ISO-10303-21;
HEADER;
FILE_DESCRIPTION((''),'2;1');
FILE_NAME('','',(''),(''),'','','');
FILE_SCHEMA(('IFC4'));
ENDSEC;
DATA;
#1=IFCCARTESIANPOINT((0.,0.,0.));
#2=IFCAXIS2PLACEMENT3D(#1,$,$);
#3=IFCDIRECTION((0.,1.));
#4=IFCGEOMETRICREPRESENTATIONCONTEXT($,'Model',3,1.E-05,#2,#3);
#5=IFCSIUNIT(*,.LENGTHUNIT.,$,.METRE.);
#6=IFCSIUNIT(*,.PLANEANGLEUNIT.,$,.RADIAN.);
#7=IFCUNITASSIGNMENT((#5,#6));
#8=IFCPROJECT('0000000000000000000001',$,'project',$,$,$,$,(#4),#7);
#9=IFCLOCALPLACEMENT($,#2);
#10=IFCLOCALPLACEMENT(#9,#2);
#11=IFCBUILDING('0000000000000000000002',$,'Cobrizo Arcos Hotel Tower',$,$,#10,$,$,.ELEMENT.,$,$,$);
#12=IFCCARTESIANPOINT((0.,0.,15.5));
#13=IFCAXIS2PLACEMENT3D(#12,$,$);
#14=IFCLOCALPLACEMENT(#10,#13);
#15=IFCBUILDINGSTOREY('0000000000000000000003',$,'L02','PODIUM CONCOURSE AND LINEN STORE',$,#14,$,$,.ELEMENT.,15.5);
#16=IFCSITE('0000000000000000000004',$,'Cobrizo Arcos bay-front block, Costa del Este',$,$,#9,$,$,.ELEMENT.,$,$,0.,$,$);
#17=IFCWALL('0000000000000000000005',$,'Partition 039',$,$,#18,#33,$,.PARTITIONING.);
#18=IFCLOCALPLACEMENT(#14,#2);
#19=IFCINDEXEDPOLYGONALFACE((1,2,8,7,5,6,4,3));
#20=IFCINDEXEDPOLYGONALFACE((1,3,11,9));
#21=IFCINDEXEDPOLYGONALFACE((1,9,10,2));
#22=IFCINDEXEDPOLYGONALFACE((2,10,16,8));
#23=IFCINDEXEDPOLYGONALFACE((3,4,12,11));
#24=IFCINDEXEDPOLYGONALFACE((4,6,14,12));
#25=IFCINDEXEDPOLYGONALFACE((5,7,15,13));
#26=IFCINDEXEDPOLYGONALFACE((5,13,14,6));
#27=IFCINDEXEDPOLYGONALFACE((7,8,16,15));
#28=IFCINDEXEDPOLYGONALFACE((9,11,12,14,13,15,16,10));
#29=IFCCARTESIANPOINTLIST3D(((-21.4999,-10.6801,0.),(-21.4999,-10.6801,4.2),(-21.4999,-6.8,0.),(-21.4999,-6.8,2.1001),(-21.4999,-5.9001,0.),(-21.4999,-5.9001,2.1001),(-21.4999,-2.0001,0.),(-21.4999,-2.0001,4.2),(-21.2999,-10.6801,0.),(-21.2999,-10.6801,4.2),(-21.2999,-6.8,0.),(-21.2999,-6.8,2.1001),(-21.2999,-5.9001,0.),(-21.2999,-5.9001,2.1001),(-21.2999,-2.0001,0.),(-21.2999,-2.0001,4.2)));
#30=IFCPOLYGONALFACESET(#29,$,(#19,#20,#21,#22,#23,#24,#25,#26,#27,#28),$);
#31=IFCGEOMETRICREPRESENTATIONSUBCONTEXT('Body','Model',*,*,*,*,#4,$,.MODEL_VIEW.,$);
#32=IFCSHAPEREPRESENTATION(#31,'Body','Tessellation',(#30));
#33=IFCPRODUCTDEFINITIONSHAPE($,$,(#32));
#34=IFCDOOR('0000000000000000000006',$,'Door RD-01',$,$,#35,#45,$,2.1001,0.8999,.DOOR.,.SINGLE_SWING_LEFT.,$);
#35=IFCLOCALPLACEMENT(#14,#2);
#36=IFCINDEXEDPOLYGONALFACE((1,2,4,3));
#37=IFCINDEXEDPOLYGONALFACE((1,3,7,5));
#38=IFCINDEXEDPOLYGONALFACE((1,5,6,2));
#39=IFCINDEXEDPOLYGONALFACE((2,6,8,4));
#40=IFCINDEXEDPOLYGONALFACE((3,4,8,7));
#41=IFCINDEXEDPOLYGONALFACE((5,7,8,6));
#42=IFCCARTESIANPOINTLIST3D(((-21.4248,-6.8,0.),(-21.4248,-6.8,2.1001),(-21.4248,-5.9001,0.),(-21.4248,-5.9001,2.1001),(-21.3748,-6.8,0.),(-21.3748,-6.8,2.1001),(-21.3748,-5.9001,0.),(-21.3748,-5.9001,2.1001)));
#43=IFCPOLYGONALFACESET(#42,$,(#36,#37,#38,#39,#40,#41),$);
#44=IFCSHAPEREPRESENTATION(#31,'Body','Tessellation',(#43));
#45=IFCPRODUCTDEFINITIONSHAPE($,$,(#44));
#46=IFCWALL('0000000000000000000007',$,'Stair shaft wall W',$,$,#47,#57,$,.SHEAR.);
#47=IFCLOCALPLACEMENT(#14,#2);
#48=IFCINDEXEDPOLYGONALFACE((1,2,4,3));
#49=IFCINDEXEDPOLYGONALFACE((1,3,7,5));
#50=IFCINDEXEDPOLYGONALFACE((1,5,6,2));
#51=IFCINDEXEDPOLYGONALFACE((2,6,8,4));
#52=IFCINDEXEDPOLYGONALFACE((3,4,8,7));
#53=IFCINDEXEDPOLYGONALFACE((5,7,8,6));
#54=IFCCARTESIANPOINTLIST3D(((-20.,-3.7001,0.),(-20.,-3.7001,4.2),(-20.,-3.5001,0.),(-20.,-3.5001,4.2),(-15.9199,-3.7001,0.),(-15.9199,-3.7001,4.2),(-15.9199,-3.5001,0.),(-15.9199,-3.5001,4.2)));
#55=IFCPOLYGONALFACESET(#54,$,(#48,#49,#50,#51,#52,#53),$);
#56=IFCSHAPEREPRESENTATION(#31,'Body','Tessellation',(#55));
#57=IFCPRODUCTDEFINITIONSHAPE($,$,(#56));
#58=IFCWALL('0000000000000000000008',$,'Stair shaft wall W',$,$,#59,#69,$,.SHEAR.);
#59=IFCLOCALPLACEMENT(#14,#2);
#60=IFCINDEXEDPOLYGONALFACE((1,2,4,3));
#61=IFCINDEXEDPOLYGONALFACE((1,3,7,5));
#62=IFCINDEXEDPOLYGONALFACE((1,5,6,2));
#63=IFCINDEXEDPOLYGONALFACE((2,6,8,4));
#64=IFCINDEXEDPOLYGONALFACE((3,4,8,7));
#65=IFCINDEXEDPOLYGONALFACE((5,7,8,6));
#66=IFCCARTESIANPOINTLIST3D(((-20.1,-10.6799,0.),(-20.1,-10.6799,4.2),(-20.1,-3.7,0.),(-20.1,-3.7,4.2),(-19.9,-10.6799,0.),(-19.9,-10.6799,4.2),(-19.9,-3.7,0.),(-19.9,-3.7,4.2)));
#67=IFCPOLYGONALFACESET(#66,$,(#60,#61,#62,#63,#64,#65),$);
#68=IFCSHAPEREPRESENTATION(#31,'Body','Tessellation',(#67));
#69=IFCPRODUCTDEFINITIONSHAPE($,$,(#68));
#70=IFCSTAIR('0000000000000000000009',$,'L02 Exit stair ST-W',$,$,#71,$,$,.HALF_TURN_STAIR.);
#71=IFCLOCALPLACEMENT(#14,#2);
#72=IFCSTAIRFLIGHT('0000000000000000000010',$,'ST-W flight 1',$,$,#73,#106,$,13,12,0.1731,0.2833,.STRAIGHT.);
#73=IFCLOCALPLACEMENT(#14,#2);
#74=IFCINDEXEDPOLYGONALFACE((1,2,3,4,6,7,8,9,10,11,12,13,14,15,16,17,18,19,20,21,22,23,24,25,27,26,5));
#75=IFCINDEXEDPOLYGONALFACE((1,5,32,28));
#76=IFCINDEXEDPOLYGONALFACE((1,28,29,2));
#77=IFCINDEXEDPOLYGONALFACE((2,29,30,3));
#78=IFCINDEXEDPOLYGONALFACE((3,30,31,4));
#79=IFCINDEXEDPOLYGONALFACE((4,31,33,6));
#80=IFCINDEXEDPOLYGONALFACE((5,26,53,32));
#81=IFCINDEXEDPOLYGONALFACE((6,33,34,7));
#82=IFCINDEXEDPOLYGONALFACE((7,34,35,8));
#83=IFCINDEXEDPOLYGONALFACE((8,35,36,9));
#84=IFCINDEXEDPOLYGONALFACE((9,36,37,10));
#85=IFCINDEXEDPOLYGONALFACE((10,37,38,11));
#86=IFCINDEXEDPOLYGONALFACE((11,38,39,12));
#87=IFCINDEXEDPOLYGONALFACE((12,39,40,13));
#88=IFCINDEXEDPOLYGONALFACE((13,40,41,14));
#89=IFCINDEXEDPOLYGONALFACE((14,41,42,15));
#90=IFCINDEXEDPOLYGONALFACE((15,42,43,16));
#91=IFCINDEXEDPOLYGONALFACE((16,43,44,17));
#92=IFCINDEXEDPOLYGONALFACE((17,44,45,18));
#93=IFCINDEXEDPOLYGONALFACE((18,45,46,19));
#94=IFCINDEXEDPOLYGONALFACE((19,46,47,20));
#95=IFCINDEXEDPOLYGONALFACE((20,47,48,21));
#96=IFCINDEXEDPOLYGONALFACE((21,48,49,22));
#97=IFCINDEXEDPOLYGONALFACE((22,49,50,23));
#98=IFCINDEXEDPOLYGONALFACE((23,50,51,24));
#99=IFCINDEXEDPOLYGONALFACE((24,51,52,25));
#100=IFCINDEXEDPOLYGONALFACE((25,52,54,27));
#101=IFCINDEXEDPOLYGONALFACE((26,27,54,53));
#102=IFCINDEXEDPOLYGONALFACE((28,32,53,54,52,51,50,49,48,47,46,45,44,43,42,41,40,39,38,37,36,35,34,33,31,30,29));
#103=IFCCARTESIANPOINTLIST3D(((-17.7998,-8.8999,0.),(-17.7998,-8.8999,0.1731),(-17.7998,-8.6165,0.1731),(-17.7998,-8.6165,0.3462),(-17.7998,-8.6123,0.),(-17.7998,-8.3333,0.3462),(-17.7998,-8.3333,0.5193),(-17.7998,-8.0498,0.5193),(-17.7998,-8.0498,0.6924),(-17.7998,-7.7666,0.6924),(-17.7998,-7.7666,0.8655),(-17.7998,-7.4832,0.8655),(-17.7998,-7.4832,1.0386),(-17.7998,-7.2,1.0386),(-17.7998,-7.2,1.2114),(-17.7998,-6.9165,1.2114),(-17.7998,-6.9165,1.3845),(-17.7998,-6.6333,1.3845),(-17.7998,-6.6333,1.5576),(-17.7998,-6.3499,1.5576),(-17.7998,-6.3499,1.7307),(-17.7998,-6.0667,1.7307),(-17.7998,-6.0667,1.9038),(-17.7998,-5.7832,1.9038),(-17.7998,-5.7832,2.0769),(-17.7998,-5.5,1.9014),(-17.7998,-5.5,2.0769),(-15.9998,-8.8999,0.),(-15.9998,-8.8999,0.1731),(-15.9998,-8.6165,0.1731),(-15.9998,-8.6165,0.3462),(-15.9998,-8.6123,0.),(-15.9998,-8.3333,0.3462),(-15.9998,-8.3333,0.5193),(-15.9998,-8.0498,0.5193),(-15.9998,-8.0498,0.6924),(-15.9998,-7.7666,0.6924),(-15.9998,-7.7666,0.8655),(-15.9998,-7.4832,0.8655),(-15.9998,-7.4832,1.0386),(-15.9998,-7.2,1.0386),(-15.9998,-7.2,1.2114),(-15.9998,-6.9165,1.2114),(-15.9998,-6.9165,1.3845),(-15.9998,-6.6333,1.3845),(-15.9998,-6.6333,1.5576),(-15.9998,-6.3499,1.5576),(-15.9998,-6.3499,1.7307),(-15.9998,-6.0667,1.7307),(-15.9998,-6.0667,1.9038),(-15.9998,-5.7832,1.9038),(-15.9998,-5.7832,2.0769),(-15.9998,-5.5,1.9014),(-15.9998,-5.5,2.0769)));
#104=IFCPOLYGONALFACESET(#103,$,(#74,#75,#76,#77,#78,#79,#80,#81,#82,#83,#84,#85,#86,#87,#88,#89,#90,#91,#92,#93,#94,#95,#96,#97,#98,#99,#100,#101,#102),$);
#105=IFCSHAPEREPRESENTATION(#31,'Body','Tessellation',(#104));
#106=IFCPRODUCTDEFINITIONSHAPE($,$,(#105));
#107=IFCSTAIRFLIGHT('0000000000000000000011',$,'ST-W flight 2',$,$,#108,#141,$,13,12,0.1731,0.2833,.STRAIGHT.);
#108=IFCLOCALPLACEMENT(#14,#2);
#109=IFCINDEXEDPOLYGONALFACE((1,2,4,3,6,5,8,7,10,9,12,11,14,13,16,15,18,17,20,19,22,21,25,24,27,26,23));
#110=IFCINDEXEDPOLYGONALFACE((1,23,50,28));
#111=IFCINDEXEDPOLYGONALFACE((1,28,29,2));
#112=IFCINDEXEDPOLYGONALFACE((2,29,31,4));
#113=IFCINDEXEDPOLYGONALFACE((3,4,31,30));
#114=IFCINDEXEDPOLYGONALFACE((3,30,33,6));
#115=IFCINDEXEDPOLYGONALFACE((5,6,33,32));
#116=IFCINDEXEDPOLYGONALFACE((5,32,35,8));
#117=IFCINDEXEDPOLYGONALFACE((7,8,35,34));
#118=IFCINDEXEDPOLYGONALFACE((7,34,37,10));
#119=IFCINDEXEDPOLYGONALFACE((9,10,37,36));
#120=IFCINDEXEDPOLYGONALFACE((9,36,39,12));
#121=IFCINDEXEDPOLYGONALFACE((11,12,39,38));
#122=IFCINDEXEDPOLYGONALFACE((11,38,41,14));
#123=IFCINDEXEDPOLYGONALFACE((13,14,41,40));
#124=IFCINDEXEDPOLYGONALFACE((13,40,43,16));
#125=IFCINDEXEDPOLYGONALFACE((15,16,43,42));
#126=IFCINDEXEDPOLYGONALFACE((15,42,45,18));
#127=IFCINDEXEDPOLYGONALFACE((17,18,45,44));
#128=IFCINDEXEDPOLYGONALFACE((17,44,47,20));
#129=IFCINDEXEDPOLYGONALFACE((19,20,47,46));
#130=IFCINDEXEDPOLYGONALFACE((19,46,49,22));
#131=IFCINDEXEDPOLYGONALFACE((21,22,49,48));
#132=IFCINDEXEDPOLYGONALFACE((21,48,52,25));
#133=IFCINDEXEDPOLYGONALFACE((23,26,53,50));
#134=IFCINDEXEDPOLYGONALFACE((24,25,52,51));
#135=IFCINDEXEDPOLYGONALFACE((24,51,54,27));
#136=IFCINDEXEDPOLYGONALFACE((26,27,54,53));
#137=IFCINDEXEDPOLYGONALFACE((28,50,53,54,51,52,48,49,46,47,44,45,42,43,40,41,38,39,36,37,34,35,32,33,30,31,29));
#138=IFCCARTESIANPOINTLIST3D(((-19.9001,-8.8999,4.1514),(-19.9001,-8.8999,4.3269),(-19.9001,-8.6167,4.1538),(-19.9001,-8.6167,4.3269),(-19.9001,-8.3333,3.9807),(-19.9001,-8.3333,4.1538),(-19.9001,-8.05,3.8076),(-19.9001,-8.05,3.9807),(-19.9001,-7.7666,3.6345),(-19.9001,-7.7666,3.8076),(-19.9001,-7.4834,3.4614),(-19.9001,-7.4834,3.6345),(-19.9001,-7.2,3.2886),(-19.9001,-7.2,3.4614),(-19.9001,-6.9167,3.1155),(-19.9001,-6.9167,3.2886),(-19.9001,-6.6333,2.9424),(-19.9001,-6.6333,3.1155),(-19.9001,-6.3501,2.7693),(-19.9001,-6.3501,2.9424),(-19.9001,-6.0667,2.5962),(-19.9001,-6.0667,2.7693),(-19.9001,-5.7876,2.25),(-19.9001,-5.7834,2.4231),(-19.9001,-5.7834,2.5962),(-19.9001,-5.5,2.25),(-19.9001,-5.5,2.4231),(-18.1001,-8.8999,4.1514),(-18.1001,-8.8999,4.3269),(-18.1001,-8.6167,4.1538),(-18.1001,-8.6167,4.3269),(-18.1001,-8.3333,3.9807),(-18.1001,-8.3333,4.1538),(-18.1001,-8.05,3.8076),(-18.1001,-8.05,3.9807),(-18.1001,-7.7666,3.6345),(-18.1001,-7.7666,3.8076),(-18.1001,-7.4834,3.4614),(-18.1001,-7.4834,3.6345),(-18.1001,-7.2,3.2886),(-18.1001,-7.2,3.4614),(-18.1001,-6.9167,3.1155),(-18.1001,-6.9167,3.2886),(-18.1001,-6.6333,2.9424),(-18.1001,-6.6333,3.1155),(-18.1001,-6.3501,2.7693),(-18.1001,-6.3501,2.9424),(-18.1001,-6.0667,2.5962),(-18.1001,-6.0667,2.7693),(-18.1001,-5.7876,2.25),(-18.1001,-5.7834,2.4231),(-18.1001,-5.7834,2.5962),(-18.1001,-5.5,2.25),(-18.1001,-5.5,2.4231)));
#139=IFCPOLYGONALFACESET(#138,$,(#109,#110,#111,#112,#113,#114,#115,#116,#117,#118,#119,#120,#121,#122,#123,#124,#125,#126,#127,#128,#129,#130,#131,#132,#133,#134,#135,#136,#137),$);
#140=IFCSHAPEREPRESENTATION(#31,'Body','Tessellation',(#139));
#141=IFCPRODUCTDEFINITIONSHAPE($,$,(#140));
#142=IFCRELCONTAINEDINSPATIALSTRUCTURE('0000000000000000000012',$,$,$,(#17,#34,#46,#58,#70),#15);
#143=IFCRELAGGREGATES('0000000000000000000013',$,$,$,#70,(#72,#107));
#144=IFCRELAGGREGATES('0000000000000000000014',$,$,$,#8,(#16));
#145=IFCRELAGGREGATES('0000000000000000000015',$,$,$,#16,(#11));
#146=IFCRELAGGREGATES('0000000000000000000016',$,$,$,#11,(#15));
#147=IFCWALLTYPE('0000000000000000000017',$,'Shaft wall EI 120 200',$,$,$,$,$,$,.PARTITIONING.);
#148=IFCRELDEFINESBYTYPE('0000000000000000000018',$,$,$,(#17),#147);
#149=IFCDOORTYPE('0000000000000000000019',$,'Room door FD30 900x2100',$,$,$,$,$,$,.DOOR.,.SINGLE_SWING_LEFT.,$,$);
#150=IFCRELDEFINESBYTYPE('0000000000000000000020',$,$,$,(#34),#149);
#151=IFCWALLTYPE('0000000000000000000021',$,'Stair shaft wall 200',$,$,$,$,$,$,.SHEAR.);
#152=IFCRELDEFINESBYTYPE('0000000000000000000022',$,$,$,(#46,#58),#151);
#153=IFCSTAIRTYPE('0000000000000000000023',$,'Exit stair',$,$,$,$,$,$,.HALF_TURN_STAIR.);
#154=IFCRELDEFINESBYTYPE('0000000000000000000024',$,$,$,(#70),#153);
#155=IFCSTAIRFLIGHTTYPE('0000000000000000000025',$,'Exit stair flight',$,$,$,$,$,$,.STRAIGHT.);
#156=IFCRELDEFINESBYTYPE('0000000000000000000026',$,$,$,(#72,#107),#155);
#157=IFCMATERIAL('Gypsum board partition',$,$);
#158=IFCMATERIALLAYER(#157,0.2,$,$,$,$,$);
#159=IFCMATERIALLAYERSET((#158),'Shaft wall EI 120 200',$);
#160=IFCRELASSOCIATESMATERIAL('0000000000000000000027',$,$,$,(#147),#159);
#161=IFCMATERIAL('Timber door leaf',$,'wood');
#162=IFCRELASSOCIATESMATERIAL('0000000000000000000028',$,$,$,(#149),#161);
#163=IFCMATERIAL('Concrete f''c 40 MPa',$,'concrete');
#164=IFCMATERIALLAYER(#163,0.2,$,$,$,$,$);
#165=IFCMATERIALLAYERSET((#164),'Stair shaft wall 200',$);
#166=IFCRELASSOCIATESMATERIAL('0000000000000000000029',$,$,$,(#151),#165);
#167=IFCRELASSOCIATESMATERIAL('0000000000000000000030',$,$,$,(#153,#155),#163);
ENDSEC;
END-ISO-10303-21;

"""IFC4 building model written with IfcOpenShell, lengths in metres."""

from ifc_helpers import new_model, si_unit, direction, frame, frame_2d, origin, place, context, subcontext, project, spatial, polyline, rectangle, outline, extrude, material, layer, layer_set, type_object, element, fill, aggregate, save


model = new_model("IFC4")

# Units and contexts
model_context = context("Model", 3, precision=1e-05, world=origin(), true_north=direction((0.0, 1.0)))
body_context = subcontext(model_context, "Body", "Model", "MODEL_VIEW")
ifc_project = project(units=[si_unit("LENGTHUNIT", "METRE"), si_unit("PLANEANGLEUNIT", "RADIAN")], contexts=[model_context])

# Site, building, storey
site_placement = place(None, origin())
site = spatial("IfcSite", under=ifc_project, at=site_placement, Name="Cobrizo Arcos bay-front block, Costa del Este", CompositionType="ELEMENT", RefElevation=0.0)
building_placement = place(site_placement, origin())
building = spatial("IfcBuilding", under=site, at=building_placement, Name="Cobrizo Arcos Hotel Tower", CompositionType="ELEMENT")
storey_placement = place(building_placement, frame((0.0, 0.0, 15.5)))
storey = spatial("IfcBuildingStorey", under=building, at=storey_placement, Name="L02", Description="PODIUM CONCOURSE AND LINEN STORE", CompositionType="ELEMENT", Elevation=15.5)

# Shared definitions
ifc_material_1 = material(Name="Gypsum board partition")

# Shared definitions
ifc_layer_1 = layer(ifc_material_1, 0.2)
ifc_layer_set_1 = layer_set([ifc_layer_1], Name="Shaft wall EI 120 200")
wall_type_1 = type_object("IfcWallType", Name="Shaft wall EI 120 200", PredefinedType="PARTITIONING", material=ifc_layer_set_1)

# Wall, opening, door
wall_1_placement = place(storey_placement, frame((-21.3999, -10.6799, 0.0), z_axis=(0.0, 0.0, 1.0), x_axis=(0.0, 1.0, 0.0)))
wall_1 = element("IfcWall", 1, at=wall_1_placement, inside=storey, type_object=wall_type_1, Name="Partition 039", PredefinedType="PARTITIONING", context=body_context, shape_type="SweptSolid", body=[
    extrude(rectangle(XDim=8.6799, YDim=0.2, at=frame_2d((4.3398, 0.0))), origin(), (0.0, 0.0, 1.0), 4.2),
])
opening_1_placement = place(wall_1_placement, frame((3.8799, 0.0, 0.0)))
opening_1 = element("IfcOpeningElement", 2, at=opening_1_placement, cuts=wall_1, PredefinedType="OPENING", context=body_context, shape_type="SweptSolid", body=[
    extrude(rectangle(XDim=0.8999, YDim=2.1001, at=frame_2d((0.45, 1.05))), frame((0.0, 0.1121, 0.0), z_axis=(0.0, -1.0, 0.0), x_axis=(1.0, 0.0, 0.0)), (0.0, 0.0, 1.0), 0.2239),
])
ifc_material_2 = material(Name="Timber door leaf", Category="wood")
door_type_1 = type_object("IfcDoorType", Name="Room door FD30 900x2100", OperationType="SINGLE_SWING_LEFT", PredefinedType="DOOR", material=ifc_material_2)
door_1_placement = place(opening_1_placement, origin())
door_1 = element("IfcDoor", 3, at=door_1_placement, inside=storey, type_object=door_type_1, Name="Door RD-01", OperationType="SINGLE_SWING_LEFT", OverallHeight=2.1001, OverallWidth=0.8999, PredefinedType="DOOR", context=body_context, shape_type="SweptSolid", body=[
    extrude(rectangle(XDim=0.8999, YDim=2.1001, at=frame_2d((0.45, 1.05))), frame((0.0, 0.0249, 0.0), z_axis=(0.0, -1.0, 0.0), x_axis=(1.0, 0.0, 0.0)), (0.0, 0.0, 1.0), 0.05),
])
fill(opening_1, door_1)

# Walls
ifc_material_3 = material(Name="Concrete f'c 40 MPa", Category="concrete")
ifc_layer_2 = layer(ifc_material_3, 0.2)
ifc_layer_set_2 = layer_set([ifc_layer_2], Name="Stair shaft wall 200")
wall_type_2 = type_object("IfcWallType", Name="Stair shaft wall 200", PredefinedType="SHEAR", material=ifc_layer_set_2)
wall_2_placement = place(storey_placement, frame((-20.0, -3.6001, 0.0), z_axis=(0.0, 0.0, 1.0), x_axis=(1.0, 0.0, 0.0)))
element("IfcWall", 4, at=wall_2_placement, inside=storey, type_object=wall_type_2, Name="Stair shaft wall W", PredefinedType="SHEAR", context=body_context, shape_type="SweptSolid", body=[
    extrude(rectangle(XDim=4.0801, YDim=0.2, at=frame_2d((2.04, 0.0))), origin(), (0.0, 0.0, 1.0), 4.2),
])
wall_3_placement = place(storey_placement, frame((-20.0, -10.6799, 0.0), z_axis=(0.0, 0.0, 1.0), x_axis=(0.0, 1.0, 0.0)))
element("IfcWall", 5, at=wall_3_placement, inside=storey, type_object=wall_type_2, Name="Stair shaft wall W", PredefinedType="SHEAR", context=body_context, shape_type="SweptSolid", body=[
    extrude(rectangle(XDim=6.98, YDim=0.2, at=frame_2d((3.49, 0.0))), origin(), (0.0, 0.0, 1.0), 4.2),
])

# Stair, stair flights
stair_type = type_object("IfcStairType", Name="Exit stair", PredefinedType="HALF_TURN_STAIR", material=ifc_material_3)
stair_placement = place(storey_placement, origin())
stair = element("IfcStair", 6, at=stair_placement, inside=storey, type_object=stair_type, Name="L02 Exit stair ST-W", PredefinedType="HALF_TURN_STAIR")
stair_flight_type = type_object("IfcStairFlightType", Name="Exit stair flight", PredefinedType="STRAIGHT", material=ifc_material_3)
stair_flight_1_placement = place(storey_placement, frame((-16.8999, -8.8999, 0.0), z_axis=(0.0, 0.0, 1.0), x_axis=(0.0, 1.0, 0.0)))
stair_flight_1 = element("IfcStairFlight", 7, at=stair_flight_1_placement, type_object=stair_flight_type, Name="ST-W flight 1", NumberOfRisers=13, NumberOfTreads=12, PredefinedType="STRAIGHT", RiserHeight=0.1731, TreadLength=0.2833, context=body_context, shape_type="SweptSolid", body=[
    extrude(outline(polyline([(0.0, 0.0), (0.0, 0.1731), (0.2834, 0.1731), (0.2834, 0.3462), (0.5667, 0.3462), (0.5667, 0.5193), (0.8501, 0.5193), (0.8501, 0.6924), (1.1333, 0.6924), (1.1333, 0.8655), (1.4167, 0.8655), (1.4167, 1.0386), (1.7, 1.0386), (1.7, 1.2114), (1.9834, 1.2114), (1.9834, 1.3845), (2.2666, 1.3845), (2.2666, 1.5576), (2.55, 1.5576), (2.55, 1.7307), (2.8333, 1.7307), (2.8333, 1.9038), (3.1167, 1.9038), (3.1167, 2.0769), (3.3999, 2.0769), (3.3999, 2.25), (3.3999, 1.9014), (0.2876, 0.0), (0.0, 0.0)])), frame((0.0, 0.8999, 0.0), z_axis=(0.0, -1.0, 0.0), x_axis=(1.0, 0.0, 0.0)), (0.0, 0.0, 1.0), 1.8),
])
stair_flight_2_placement = place(storey_placement, frame((-19.0, -5.5, 2.25), z_axis=(0.0, 0.0, 1.0), x_axis=(0.0, -1.0, 0.0)))
stair_flight_2 = element("IfcStairFlight", 8, at=stair_flight_2_placement, type_object=stair_flight_type, Name="ST-W flight 2", NumberOfRisers=13, NumberOfTreads=12, PredefinedType="STRAIGHT", RiserHeight=0.1731, TreadLength=0.2833, context=body_context, shape_type="SweptSolid", body=[
    extrude(outline(polyline([(0.0, 0.0), (0.0, 0.1731), (0.2834, 0.1731), (0.2834, 0.3462), (0.5667, 0.3462), (0.5667, 0.5193), (0.8501, 0.5193), (0.8501, 0.6924), (1.1333, 0.6924), (1.1333, 0.8655), (1.4167, 0.8655), (1.4167, 1.0386), (1.7, 1.0386), (1.7, 1.2114), (1.9834, 1.2114), (1.9834, 1.3845), (2.2666, 1.3845), (2.2666, 1.5576), (2.55, 1.5576), (2.55, 1.7307), (2.8333, 1.7307), (2.8333, 1.9038), (3.1167, 1.9038), (3.1167, 2.0769), (3.3999, 2.0769), (3.3999, 2.25), (3.3999, 1.9014), (0.2876, 0.0), (0.0, 0.0)])), frame((0.0, 0.8999, 0.0), z_axis=(0.0, -1.0, 0.0), x_axis=(1.0, 0.0, 0.0)), (0.0, 0.0, 1.0), 1.8),
])
aggregate(stair, [stair_flight_1, stair_flight_2])

save(model, "model.ifc")
